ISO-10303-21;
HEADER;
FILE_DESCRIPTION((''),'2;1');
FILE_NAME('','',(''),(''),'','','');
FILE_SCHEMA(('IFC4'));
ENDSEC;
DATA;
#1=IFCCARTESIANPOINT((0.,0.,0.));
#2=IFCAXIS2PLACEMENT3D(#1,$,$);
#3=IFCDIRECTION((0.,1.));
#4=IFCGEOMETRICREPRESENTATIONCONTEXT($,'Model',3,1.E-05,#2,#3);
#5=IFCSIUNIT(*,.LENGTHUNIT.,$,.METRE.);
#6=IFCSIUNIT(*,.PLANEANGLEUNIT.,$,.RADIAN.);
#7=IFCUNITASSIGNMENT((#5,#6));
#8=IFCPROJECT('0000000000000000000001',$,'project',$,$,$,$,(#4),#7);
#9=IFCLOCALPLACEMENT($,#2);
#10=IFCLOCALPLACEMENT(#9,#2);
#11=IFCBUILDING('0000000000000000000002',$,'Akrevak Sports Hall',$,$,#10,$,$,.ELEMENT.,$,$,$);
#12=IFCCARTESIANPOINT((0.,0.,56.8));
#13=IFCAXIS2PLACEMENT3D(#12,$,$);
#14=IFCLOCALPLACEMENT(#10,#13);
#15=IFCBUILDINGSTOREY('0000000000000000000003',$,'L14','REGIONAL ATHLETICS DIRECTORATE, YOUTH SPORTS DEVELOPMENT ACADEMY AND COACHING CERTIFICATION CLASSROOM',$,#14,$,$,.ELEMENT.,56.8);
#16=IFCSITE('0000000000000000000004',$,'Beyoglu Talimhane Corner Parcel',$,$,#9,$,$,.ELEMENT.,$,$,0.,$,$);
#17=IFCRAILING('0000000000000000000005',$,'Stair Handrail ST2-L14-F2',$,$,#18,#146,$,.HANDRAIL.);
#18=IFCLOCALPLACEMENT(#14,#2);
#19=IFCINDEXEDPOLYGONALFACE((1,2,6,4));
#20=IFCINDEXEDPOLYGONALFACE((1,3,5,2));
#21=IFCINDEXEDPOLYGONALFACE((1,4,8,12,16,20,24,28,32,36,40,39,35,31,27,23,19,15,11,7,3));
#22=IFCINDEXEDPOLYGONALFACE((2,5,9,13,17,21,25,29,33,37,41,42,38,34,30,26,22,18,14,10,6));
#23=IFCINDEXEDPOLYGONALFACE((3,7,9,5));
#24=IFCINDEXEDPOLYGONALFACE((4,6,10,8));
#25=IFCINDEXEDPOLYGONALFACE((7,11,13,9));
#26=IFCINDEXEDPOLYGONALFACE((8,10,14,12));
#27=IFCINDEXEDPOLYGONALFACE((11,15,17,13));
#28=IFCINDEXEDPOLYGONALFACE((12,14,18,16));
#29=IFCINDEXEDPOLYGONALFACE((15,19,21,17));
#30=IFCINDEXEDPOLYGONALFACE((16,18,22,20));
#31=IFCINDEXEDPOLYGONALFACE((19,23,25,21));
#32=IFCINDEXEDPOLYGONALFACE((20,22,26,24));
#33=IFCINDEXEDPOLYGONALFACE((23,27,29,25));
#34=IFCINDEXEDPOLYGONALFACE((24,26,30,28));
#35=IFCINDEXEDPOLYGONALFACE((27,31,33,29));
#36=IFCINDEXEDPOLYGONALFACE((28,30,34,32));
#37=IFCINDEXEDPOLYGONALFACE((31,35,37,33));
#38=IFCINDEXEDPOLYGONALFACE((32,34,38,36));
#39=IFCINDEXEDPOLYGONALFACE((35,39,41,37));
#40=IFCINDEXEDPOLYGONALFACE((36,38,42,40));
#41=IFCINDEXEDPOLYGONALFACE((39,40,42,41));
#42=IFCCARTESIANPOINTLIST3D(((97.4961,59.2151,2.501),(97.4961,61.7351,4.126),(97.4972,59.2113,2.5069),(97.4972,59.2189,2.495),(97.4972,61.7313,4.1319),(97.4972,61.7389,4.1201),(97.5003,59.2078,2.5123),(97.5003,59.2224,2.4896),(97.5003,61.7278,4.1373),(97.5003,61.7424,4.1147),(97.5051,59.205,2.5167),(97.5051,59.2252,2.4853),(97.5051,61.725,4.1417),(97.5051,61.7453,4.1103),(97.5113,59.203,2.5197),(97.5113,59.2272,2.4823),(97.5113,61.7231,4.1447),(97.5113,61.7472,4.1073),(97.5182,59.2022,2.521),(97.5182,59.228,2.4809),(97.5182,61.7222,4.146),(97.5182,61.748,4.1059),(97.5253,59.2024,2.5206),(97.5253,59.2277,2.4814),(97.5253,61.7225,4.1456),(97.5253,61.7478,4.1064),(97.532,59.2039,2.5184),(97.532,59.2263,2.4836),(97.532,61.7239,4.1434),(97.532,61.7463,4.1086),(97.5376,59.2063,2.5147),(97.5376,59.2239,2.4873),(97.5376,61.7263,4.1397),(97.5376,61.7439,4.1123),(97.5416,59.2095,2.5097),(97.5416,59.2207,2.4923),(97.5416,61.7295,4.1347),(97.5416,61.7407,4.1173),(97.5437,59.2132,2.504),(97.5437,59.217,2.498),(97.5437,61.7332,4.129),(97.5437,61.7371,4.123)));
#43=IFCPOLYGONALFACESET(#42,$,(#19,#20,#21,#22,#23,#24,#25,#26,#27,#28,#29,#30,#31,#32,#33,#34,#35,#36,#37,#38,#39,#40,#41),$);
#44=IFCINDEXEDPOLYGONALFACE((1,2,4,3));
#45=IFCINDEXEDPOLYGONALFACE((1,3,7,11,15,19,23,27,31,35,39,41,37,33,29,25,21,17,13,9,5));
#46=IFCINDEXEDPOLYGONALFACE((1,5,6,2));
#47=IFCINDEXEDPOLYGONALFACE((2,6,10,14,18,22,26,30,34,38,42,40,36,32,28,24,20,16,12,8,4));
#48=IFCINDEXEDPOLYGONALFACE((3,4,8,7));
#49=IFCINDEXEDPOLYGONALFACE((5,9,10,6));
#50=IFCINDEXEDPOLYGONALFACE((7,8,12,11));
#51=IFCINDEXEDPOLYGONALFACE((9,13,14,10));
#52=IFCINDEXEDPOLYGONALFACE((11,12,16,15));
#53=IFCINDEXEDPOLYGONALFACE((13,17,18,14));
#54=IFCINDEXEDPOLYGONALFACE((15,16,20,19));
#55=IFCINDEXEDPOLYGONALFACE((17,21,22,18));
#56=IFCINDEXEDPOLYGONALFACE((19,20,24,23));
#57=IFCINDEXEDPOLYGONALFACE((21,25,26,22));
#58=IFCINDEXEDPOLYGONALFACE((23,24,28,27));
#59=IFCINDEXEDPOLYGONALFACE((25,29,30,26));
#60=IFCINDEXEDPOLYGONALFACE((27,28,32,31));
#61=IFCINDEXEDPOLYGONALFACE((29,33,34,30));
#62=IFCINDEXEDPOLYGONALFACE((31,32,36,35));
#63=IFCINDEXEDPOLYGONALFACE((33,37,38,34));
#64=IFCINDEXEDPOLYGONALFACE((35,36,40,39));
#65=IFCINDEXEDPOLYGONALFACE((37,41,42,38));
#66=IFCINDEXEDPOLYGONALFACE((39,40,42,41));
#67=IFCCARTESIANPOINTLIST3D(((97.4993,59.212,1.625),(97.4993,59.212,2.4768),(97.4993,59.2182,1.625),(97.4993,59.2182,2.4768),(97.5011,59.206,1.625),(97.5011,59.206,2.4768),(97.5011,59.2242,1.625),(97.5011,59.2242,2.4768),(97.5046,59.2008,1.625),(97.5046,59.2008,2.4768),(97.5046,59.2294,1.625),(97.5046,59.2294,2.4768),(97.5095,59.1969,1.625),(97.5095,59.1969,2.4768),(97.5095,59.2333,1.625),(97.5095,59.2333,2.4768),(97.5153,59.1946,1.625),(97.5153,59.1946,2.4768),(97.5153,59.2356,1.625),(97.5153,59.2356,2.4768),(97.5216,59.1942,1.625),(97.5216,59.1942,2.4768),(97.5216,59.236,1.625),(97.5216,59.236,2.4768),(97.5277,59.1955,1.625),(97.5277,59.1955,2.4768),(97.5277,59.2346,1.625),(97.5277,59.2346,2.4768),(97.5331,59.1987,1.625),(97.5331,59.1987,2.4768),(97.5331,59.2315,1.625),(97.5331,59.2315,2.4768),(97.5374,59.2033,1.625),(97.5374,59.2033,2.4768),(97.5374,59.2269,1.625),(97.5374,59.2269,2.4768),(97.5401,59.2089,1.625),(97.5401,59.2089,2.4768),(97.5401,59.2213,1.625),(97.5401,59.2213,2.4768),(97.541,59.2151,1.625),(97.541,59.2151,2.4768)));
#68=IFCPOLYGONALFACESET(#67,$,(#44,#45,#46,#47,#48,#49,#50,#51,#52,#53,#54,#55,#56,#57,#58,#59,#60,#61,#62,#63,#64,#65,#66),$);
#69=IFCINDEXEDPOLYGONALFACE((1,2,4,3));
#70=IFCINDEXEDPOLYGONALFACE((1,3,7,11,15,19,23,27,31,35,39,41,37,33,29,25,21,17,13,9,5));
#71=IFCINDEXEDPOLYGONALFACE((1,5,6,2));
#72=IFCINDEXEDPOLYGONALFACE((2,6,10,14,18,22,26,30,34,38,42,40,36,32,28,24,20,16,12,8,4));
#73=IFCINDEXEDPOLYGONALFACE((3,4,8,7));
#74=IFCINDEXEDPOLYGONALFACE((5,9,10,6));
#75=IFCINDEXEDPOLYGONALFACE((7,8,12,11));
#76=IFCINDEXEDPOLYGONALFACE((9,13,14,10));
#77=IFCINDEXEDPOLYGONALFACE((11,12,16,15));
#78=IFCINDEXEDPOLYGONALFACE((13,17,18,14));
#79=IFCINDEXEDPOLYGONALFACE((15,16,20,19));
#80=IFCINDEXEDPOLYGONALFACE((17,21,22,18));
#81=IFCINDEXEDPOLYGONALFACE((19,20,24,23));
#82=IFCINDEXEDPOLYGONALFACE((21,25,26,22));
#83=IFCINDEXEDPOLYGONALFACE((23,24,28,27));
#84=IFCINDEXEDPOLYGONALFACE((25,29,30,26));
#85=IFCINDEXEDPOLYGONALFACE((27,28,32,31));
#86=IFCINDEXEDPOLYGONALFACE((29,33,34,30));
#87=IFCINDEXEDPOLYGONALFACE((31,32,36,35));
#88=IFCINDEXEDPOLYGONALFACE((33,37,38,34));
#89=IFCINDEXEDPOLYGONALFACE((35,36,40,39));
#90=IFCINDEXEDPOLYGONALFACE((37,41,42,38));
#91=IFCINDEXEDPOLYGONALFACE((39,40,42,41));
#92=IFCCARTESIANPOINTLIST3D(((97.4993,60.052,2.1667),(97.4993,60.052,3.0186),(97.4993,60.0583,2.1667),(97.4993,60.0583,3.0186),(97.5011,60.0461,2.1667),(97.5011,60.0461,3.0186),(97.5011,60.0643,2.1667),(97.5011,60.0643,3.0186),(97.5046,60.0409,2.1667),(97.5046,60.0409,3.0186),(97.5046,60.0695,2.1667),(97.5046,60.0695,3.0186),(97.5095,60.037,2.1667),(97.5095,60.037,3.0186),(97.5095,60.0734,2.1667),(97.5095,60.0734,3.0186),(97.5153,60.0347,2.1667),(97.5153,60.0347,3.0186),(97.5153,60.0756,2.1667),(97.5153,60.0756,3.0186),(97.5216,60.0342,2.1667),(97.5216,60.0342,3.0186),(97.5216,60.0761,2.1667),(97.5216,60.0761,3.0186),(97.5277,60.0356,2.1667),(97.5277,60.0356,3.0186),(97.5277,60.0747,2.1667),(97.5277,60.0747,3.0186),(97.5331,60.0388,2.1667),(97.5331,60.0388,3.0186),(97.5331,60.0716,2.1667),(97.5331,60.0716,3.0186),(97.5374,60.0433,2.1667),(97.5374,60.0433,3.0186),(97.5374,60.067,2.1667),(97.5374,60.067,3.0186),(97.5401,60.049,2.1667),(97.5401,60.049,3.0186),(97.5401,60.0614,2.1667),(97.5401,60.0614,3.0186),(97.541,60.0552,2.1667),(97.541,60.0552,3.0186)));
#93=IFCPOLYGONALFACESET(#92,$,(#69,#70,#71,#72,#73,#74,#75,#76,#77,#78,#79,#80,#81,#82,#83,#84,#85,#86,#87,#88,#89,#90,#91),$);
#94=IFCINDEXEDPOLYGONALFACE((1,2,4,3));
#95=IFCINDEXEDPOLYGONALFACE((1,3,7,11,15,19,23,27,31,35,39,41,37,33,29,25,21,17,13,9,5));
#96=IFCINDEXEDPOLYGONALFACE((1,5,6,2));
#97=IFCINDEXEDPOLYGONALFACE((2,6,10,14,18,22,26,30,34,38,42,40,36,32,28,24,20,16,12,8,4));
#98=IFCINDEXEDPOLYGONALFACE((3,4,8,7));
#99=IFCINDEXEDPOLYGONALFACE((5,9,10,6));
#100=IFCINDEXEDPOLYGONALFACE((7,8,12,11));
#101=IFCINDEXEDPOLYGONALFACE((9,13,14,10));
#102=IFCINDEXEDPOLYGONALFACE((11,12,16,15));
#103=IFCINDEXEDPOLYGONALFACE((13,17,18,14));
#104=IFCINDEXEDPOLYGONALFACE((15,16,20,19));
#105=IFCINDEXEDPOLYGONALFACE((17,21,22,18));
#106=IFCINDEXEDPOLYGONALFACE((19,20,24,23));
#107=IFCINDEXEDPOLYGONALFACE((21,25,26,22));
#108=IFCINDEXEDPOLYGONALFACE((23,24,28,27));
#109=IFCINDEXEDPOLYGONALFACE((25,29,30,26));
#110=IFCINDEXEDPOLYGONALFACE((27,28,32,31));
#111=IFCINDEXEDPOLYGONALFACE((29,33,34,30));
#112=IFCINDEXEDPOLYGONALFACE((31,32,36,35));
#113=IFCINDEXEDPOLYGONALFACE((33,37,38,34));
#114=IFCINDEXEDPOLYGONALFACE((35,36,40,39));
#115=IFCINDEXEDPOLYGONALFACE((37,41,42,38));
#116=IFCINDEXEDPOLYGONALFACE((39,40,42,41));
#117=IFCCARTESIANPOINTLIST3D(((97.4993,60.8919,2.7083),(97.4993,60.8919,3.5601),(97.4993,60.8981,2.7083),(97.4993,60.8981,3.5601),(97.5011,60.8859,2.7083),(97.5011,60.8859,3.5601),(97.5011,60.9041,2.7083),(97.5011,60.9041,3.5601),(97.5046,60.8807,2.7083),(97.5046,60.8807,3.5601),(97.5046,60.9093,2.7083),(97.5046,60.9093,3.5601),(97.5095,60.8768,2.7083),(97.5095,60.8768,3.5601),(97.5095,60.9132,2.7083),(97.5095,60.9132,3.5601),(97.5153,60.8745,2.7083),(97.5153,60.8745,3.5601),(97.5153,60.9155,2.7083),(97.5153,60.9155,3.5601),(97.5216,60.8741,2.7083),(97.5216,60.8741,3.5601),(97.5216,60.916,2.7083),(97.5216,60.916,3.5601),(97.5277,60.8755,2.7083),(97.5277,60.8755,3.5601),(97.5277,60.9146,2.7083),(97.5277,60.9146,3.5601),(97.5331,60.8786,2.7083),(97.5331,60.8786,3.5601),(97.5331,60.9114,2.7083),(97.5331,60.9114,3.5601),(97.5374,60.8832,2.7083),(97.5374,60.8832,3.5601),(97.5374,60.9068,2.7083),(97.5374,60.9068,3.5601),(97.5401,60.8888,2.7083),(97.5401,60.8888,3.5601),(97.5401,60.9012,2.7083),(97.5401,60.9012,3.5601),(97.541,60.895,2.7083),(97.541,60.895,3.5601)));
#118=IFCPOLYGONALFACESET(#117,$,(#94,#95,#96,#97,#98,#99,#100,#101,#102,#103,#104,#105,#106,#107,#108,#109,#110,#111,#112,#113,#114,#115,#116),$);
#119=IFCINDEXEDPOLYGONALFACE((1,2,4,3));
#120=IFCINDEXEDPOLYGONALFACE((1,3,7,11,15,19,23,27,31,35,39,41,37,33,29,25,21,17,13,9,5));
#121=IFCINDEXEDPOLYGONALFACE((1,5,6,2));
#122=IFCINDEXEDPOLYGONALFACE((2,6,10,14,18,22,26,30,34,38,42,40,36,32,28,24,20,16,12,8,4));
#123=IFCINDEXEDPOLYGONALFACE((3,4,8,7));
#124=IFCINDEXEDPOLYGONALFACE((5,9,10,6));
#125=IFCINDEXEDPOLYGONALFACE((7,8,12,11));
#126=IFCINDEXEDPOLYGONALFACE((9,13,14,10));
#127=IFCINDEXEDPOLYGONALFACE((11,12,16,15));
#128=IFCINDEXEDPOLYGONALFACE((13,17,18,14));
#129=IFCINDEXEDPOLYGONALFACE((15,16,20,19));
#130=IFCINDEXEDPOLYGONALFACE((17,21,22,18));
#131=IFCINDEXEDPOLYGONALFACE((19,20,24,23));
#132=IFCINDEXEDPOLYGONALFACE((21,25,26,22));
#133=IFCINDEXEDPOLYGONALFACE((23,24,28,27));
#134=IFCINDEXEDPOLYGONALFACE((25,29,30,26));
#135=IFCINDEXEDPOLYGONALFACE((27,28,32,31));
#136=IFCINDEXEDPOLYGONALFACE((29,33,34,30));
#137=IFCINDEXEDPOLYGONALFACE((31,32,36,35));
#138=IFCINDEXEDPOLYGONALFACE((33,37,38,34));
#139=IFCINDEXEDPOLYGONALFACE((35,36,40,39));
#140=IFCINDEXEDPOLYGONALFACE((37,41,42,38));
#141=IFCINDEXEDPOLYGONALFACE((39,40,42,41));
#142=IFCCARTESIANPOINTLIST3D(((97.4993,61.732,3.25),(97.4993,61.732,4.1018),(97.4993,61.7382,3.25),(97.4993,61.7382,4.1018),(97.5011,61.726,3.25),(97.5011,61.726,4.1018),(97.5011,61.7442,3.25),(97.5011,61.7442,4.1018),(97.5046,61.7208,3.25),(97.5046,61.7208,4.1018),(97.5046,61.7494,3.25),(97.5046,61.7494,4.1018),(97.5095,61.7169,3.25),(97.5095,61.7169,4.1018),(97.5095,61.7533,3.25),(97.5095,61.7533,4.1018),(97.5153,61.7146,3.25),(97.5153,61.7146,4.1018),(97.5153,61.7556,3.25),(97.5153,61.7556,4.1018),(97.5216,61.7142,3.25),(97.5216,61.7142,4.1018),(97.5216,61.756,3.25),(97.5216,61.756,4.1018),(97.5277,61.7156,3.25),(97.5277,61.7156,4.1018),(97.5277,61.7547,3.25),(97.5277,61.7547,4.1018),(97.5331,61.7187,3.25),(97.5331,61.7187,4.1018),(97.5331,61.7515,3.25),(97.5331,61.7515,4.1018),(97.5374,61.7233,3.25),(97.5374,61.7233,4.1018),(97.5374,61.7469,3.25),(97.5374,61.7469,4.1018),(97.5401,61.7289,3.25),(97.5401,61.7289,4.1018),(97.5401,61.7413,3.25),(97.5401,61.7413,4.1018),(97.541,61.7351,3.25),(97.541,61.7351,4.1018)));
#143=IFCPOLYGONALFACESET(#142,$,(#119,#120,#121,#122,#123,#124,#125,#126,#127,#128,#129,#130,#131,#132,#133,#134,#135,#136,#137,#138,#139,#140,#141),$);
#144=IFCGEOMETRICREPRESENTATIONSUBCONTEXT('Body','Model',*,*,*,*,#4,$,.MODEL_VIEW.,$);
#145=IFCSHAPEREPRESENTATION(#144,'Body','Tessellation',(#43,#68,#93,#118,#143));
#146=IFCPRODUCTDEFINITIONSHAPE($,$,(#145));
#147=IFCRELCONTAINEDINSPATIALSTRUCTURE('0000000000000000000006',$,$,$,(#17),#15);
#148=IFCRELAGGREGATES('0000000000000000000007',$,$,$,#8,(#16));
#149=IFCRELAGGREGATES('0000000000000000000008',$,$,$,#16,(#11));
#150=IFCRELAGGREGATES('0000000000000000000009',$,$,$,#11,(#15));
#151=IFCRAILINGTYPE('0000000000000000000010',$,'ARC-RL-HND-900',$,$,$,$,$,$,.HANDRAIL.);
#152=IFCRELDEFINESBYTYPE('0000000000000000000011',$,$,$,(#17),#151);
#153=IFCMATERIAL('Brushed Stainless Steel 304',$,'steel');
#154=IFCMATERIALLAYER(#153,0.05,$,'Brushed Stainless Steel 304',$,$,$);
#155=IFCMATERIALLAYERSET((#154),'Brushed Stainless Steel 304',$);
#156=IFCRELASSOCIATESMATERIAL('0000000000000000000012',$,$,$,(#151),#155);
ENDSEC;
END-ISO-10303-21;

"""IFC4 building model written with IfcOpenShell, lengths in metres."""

from ifc_helpers import new_model, si_unit, direction, frame, origin, origin_2d, place, context, subcontext, project, spatial, circle, extrude, material, layer, layer_set, type_object, element, save


model = new_model("IFC4")

# Units and contexts
model_context = context("Model", 3, precision=1e-05, world=origin(), true_north=direction((0.0, 1.0)))
body_context = subcontext(model_context, "Body", "Model", "MODEL_VIEW")
ifc_project = project(units=[si_unit("LENGTHUNIT", "METRE"), si_unit("PLANEANGLEUNIT", "RADIAN")], contexts=[model_context])

# Site, building, storey
site_placement = place(None, origin())
site = spatial("IfcSite", under=ifc_project, at=site_placement, Name="Beyoglu Talimhane Corner Parcel", CompositionType="ELEMENT", RefElevation=0.0)
building_placement = place(site_placement, origin())
building = spatial("IfcBuilding", under=site, at=building_placement, Name="Akrevak Sports Hall", CompositionType="ELEMENT")
storey_placement = place(building_placement, frame((0.0, 0.0, 56.8)))
storey = spatial("IfcBuildingStorey", under=building, at=storey_placement, Name="L14", Description="REGIONAL ATHLETICS DIRECTORATE, YOUTH SPORTS DEVELOPMENT ACADEMY AND COACHING CERTIFICATION CLASSROOM", CompositionType="ELEMENT", Elevation=56.8)

# Railing
ifc_material_1 = material(Name="Brushed Stainless Steel 304", Category="steel")
ifc_layer_1 = layer(ifc_material_1, 0.05, Name="Brushed Stainless Steel 304")
ifc_layer_set_1 = layer_set([ifc_layer_1], Name="Brushed Stainless Steel 304")
railing_type_1 = type_object("IfcRailingType", Name="ARC-RL-HND-900", PredefinedType="HANDRAIL", material=ifc_layer_set_1)
railing_1_placement = place(storey_placement, frame((97.52, 59.2151, 1.625)))
element("IfcRailing", 1, at=railing_1_placement, inside=storey, type_object=railing_type_1, Name="Stair Handrail ST2-L14-F2", PredefinedType="HANDRAIL", context=body_context, shape_type="SweptSolid", body=[
    extrude(circle(Radius=0.0239, at=origin_2d()), frame((0.0, 0.0, 0.876), z_axis=(0.0, 0.840421, 0.541934), x_axis=(-1.0, 0.0, 0.0)), (0.0, 0.0, 1.0), 2.9985),
    extrude(circle(Radius=0.021, at=origin_2d()), origin(), (0.0, 0.0, 1.0), 0.8518),
    extrude(circle(Radius=0.021, at=origin_2d()), frame((0.0, 0.8401, 0.5417)), (0.0, 0.0, 1.0), 0.8518),
    extrude(circle(Radius=0.021, at=origin_2d()), frame((0.0, 1.6799, 1.0833)), (0.0, 0.0, 1.0), 0.8518),
    extrude(circle(Radius=0.021, at=origin_2d()), frame((0.0, 2.52, 1.625)), (0.0, 0.0, 1.0), 0.8518),
])

save(model, "model.ifc")
